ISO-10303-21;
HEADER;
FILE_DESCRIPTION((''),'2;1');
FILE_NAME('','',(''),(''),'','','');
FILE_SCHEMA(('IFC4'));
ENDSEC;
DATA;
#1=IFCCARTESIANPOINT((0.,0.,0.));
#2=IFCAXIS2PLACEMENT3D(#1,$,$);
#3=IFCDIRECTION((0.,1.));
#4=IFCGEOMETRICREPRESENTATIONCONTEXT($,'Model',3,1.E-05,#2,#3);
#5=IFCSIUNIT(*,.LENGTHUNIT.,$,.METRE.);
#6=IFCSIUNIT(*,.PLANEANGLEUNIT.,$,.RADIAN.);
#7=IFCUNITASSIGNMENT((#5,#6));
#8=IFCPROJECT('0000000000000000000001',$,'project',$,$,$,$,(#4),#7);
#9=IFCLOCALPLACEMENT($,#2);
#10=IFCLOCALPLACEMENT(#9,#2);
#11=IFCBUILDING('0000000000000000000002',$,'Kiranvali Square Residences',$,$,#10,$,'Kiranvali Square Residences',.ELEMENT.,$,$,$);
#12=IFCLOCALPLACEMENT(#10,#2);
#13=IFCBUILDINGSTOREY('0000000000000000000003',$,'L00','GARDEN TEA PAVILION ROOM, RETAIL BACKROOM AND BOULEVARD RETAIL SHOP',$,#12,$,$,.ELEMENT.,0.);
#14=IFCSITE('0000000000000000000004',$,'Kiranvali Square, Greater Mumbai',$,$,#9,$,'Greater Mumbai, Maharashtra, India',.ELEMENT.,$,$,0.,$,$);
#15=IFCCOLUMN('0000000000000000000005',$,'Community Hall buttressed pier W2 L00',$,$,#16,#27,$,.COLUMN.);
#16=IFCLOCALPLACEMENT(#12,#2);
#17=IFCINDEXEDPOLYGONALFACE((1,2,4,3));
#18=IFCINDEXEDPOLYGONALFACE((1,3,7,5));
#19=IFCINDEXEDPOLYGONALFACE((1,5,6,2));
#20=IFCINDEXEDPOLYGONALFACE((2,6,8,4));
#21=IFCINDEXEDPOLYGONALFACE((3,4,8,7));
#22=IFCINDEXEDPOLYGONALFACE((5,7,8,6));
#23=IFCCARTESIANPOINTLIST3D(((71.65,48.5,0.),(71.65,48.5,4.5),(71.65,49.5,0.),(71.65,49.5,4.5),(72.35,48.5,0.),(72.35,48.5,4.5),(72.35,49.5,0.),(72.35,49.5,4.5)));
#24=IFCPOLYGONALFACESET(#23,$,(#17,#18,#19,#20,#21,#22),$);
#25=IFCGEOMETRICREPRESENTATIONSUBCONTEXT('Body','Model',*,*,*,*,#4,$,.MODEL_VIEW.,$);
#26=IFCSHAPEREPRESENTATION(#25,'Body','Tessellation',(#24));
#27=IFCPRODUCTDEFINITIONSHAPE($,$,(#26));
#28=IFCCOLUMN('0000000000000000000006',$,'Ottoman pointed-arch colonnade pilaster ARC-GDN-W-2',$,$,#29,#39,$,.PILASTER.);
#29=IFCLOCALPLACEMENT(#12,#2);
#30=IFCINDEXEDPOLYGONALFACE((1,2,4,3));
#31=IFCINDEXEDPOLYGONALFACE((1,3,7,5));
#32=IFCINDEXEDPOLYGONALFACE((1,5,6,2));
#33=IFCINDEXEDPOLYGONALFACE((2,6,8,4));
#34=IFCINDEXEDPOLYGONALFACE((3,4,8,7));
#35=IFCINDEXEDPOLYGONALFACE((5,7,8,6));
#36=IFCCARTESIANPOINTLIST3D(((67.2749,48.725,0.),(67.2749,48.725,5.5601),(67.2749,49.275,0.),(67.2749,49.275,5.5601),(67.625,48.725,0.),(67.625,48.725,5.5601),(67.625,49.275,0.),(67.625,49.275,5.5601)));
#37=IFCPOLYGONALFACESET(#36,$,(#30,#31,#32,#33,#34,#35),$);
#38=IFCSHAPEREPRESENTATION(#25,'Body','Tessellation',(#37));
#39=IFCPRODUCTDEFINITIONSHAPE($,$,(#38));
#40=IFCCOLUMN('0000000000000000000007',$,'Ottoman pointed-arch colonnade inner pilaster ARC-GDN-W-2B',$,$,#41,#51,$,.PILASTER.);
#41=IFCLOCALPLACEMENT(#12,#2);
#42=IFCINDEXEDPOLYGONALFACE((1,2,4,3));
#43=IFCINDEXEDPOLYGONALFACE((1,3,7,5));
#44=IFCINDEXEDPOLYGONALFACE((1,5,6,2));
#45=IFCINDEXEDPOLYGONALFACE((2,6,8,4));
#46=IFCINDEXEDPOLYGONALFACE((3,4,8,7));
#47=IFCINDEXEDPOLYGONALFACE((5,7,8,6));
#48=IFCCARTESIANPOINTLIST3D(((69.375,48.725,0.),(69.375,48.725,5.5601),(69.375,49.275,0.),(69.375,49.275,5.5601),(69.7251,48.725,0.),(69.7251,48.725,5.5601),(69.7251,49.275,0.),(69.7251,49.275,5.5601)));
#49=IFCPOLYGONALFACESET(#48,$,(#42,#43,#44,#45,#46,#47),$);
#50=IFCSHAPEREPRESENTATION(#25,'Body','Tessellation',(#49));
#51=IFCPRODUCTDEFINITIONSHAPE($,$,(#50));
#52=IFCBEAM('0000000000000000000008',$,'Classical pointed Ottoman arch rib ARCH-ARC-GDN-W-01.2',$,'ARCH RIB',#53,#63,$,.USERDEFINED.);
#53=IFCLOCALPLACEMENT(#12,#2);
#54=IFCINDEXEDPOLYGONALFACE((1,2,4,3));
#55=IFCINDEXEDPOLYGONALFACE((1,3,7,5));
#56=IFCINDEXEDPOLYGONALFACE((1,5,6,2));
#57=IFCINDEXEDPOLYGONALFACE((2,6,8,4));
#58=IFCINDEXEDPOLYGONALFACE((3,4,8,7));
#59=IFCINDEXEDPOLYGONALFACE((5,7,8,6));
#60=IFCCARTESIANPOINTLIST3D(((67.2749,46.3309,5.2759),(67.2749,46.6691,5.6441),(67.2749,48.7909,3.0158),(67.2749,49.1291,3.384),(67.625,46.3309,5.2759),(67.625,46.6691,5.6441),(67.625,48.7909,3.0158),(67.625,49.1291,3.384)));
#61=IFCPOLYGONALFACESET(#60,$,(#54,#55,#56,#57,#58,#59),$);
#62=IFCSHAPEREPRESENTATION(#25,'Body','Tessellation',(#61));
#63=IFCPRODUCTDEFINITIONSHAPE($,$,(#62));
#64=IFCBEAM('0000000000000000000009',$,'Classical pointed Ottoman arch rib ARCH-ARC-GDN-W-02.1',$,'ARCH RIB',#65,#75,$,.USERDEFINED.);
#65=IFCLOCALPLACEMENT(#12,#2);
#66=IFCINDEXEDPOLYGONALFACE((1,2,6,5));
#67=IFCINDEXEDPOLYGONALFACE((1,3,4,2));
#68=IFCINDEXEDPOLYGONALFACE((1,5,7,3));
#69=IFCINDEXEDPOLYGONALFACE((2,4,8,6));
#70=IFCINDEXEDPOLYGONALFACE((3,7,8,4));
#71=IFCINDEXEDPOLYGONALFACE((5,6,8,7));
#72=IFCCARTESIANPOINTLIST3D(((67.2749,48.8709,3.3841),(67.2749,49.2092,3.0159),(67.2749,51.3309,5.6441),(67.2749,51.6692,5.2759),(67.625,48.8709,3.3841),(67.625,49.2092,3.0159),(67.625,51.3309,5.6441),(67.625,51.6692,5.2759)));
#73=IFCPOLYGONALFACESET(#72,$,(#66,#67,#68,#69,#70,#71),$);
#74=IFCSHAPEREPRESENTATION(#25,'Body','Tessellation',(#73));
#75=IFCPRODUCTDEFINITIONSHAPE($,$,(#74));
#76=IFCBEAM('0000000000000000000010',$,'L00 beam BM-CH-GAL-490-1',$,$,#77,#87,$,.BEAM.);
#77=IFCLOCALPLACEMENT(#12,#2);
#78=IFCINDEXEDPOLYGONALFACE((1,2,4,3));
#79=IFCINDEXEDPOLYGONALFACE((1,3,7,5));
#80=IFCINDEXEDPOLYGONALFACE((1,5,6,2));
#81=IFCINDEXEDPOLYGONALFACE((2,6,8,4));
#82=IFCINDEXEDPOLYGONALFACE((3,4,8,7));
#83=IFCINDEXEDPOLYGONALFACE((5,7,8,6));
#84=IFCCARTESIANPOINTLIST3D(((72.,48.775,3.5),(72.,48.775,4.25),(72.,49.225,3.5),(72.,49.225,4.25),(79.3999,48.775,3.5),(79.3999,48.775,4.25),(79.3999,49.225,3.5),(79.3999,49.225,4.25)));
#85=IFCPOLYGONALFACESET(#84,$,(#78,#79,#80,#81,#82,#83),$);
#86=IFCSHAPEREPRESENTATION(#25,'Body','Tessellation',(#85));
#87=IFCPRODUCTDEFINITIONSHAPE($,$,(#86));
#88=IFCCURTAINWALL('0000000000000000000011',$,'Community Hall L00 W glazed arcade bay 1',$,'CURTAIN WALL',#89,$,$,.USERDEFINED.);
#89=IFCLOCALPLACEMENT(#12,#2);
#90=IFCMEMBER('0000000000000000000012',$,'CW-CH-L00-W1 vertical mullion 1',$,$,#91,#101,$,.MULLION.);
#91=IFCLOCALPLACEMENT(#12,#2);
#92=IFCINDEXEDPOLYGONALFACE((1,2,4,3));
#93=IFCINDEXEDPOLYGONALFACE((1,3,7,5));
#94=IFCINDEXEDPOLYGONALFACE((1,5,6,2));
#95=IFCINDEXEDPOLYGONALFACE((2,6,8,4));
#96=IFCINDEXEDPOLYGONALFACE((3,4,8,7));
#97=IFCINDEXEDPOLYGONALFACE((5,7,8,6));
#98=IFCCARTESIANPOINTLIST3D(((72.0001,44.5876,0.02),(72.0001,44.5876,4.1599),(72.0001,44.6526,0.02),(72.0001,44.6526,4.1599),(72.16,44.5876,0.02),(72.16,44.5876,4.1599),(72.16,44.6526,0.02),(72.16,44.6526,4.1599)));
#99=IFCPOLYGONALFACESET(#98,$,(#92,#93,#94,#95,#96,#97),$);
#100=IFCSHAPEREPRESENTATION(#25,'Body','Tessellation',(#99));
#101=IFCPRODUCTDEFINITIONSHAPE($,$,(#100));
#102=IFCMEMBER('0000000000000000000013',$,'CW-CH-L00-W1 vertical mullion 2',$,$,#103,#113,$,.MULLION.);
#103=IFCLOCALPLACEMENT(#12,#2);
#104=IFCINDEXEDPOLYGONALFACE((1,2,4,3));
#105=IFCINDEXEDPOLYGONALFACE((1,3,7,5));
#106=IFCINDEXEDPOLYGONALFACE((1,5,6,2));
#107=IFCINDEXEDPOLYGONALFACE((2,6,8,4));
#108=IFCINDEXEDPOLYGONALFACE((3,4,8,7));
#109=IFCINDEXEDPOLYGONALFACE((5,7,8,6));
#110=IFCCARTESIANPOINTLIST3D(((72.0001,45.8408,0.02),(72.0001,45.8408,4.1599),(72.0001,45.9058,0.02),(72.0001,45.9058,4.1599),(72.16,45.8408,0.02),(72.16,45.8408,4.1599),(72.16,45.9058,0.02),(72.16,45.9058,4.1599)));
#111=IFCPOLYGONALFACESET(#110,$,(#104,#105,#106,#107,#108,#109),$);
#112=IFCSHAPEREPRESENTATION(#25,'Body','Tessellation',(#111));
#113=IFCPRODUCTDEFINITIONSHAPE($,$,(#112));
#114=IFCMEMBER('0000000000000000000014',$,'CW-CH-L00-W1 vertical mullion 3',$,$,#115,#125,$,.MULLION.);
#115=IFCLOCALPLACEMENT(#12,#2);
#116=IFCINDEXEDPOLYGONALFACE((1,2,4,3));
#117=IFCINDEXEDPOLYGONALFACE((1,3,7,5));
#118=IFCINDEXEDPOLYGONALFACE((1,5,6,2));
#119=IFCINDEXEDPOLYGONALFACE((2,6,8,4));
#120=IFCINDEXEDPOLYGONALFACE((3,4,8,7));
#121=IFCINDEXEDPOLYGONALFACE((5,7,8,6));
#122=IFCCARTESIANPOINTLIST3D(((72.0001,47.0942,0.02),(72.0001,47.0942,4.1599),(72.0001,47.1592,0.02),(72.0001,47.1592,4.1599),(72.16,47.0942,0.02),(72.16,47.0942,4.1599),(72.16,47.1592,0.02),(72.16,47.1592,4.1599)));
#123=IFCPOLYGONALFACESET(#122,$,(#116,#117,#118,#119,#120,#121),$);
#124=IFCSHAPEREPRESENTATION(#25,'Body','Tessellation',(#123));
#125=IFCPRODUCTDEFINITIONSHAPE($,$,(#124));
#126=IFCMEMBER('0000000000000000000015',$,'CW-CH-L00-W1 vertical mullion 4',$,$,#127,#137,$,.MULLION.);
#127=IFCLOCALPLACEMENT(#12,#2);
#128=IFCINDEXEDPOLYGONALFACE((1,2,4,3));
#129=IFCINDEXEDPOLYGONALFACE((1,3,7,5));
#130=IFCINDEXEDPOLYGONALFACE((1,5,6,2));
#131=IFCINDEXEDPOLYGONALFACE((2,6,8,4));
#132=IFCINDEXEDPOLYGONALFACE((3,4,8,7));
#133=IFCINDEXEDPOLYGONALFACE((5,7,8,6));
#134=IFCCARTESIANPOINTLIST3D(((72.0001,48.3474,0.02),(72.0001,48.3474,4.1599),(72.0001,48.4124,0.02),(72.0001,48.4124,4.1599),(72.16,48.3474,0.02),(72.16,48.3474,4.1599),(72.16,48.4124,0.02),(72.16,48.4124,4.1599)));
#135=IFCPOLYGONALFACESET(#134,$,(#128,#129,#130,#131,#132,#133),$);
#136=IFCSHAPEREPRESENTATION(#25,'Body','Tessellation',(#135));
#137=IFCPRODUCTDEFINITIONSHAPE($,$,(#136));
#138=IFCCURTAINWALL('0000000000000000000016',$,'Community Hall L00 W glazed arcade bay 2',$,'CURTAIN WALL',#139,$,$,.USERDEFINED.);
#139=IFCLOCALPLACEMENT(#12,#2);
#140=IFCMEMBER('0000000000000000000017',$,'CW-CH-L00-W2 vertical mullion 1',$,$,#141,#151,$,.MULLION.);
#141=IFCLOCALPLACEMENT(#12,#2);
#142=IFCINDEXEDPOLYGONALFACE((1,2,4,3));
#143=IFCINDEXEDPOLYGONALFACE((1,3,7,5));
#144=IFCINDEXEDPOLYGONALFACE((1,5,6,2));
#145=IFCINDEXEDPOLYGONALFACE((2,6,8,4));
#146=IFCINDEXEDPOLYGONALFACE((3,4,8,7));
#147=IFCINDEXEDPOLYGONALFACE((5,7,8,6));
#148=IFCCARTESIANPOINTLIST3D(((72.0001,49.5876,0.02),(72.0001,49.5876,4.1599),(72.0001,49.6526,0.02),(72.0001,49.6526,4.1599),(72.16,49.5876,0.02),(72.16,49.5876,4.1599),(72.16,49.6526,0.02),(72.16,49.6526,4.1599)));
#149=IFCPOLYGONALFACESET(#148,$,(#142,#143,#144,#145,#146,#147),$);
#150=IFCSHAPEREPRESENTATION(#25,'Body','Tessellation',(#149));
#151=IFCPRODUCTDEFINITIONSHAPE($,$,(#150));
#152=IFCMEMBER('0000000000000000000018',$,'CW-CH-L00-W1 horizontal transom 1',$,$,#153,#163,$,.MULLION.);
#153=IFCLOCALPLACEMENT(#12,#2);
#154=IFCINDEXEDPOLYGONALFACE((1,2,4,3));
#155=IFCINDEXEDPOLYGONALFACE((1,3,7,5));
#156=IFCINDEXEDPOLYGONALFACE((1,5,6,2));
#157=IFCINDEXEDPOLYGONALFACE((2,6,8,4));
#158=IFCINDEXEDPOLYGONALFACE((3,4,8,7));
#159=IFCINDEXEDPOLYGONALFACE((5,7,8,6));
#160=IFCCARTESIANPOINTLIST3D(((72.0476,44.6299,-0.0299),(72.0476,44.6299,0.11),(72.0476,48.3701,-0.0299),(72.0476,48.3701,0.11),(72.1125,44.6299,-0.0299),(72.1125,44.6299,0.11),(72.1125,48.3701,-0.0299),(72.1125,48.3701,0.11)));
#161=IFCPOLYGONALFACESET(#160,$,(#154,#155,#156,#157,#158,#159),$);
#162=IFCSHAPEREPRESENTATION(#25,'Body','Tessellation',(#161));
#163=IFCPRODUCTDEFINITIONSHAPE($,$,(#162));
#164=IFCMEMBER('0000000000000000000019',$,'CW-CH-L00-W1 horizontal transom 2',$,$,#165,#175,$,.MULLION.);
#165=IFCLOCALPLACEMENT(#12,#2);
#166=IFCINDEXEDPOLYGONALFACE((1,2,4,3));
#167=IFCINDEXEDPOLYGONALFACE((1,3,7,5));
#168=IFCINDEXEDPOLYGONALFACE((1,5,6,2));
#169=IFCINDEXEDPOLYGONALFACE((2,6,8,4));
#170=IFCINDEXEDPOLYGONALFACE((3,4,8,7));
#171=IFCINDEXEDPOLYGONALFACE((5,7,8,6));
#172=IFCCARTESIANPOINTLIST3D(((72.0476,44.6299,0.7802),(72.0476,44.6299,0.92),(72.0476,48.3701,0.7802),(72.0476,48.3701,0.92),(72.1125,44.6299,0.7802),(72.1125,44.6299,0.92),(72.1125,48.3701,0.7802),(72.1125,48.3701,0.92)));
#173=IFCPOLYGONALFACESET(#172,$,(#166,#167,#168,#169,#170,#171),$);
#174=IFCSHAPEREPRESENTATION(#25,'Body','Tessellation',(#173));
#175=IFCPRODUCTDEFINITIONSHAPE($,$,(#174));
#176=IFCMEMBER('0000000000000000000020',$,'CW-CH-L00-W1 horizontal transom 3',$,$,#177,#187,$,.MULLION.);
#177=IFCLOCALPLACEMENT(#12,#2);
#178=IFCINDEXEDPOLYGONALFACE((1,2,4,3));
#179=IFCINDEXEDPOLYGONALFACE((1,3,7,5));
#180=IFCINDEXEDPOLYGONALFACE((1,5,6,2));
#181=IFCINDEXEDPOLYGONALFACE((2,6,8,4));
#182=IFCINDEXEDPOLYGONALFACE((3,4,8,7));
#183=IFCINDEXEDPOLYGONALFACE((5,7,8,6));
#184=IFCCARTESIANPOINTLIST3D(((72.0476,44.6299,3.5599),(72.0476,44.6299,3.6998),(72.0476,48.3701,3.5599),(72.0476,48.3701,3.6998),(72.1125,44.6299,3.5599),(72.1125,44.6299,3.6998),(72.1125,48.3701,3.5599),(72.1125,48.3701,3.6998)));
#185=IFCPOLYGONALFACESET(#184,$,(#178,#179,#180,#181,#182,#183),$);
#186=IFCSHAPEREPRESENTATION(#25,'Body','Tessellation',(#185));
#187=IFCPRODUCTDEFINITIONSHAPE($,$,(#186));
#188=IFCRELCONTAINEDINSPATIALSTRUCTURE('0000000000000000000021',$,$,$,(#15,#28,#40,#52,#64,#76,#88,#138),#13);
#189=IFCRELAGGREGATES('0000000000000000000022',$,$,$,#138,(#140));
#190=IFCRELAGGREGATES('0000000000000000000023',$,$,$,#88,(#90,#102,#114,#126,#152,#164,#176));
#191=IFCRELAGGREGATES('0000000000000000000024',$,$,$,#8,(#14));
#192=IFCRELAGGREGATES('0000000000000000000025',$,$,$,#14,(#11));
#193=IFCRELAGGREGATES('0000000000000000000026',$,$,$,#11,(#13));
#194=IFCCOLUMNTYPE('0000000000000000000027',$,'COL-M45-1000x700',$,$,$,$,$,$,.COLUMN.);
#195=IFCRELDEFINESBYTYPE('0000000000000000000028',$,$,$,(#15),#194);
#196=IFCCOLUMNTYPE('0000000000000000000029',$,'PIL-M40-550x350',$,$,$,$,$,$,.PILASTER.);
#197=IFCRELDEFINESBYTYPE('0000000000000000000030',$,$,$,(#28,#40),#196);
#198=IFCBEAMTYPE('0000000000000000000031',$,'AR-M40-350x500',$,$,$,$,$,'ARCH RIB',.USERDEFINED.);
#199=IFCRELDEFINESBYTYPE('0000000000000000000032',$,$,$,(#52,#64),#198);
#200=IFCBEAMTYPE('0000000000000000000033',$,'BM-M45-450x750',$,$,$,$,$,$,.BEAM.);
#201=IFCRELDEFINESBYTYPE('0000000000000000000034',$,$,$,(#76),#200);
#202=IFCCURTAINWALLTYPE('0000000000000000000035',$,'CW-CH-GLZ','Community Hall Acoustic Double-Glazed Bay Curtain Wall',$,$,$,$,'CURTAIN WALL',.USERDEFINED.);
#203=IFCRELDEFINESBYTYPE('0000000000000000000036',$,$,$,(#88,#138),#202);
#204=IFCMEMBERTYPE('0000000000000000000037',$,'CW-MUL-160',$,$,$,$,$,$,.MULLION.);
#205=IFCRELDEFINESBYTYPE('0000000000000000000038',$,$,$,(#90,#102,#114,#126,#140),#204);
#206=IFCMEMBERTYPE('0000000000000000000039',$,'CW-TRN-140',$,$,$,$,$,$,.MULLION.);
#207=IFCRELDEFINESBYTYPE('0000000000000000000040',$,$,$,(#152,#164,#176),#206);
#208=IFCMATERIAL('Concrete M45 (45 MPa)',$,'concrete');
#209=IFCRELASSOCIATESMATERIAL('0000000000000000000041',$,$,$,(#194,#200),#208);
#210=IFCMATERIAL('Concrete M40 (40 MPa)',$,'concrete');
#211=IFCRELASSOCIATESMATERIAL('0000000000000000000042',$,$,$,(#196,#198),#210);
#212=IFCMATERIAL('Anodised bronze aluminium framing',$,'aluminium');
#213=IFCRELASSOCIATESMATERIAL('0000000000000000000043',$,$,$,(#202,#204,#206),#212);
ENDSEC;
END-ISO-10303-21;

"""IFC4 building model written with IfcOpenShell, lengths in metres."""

from ifc_helpers import new_model, si_unit, direction, frame, origin, origin_2d, place, context, subcontext, project, spatial, rectangle, extrude, material, material_profile, profile_set, type_object, element, aggregate, save


model = new_model("IFC4")

# Units and contexts
model_context = context("Model", 3, precision=1e-05, world=origin(), true_north=direction((0.0, 1.0)))
body_context = subcontext(model_context, "Body", "Model", "MODEL_VIEW")
ifc_project = project(units=[si_unit("LENGTHUNIT", "METRE"), si_unit("PLANEANGLEUNIT", "RADIAN")], contexts=[model_context])

# Site, building, storey
site_placement = place(None, origin())
site = spatial("IfcSite", under=ifc_project, at=site_placement, Name="Kiranvali Square, Greater Mumbai", LongName="Greater Mumbai, Maharashtra, India", CompositionType="ELEMENT", RefElevation=0.0)
building_placement = place(site_placement, origin())
building = spatial("IfcBuilding", under=site, at=building_placement, Name="Kiranvali Square Residences", LongName="Kiranvali Square Residences", CompositionType="ELEMENT")
storey_placement = place(building_placement, origin())
storey = spatial("IfcBuildingStorey", under=building, at=storey_placement, Name="L00", Description="GARDEN TEA PAVILION ROOM, RETAIL BACKROOM AND BOULEVARD RETAIL SHOP", CompositionType="ELEMENT", Elevation=0.0)

# Columns
ifc_material_1 = material(Name="Concrete M45 (45 MPa)", Category="concrete")
ifc_material_profile_1 = material_profile(ifc_material_1, rectangle(XDim=0.7, YDim=1.0, at=origin_2d()), Name="RC 1000x700")
ifc_profile_set_1 = profile_set([ifc_material_profile_1], Name="Concrete M45 (45 MPa)")
column_type_1 = type_object("IfcColumnType", Name="COL-M45-1000x700", PredefinedType="COLUMN", material=ifc_profile_set_1)
column_placement = place(storey_placement, frame((72.0, 49.0, 0.0), z_axis=(0.0, 0.0, 1.0), x_axis=(1.0, 0.0, 0.0)))
element("IfcColumn", 1, at=column_placement, inside=storey, type_object=column_type_1, Name="Community Hall buttressed pier W2 L00", PredefinedType="COLUMN", context=body_context, shape_type="SweptSolid", body=[
    extrude(rectangle(XDim=0.7, YDim=1.0, at=origin_2d()), origin(), (0.0, 0.0, 1.0), 4.5),
])
ifc_material_2 = material(Name="Concrete M40 (40 MPa)", Category="concrete")
ifc_material_profile_2 = material_profile(ifc_material_2, rectangle(XDim=0.3501, YDim=0.55, at=origin_2d()), Name="RC 550x350")
ifc_profile_set_2 = profile_set([ifc_material_profile_2], Name="Concrete M40 (40 MPa)")
column_type_2 = type_object("IfcColumnType", Name="PIL-M40-550x350", PredefinedType="PILASTER", material=ifc_profile_set_2)
for number, where, z_axis, x_axis, name in (
    (2, (67.45, 49.0, 0.0), (0.0, 0.0, 1.0), (1.0, 0.0, 0.0), "Ottoman pointed-arch colonnade pilaster ARC-GDN-W-2"),
    (3, (69.55, 49.0, 0.0), (0.0, 0.0, 1.0), (1.0, 0.0, 0.0), "Ottoman pointed-arch colonnade inner pilaster ARC-GDN-W-2B"),
):
    element("IfcColumn", number, at=place(storey_placement, frame(where, z_axis=z_axis, x_axis=x_axis)), inside=storey, type_object=column_type_2, Name=name, PredefinedType="PILASTER", context=body_context, shape_type="SweptSolid", body=[
        extrude(rectangle(XDim=0.3501, YDim=0.55, at=origin_2d()), origin(), (0.0, 0.0, 1.0), 5.5601),
    ])

# Beams
ifc_material_profile_3 = material_profile(ifc_material_2, rectangle(XDim=0.3501, YDim=0.5, at=origin_2d()), Name="RC 350x500")
ifc_profile_set_3 = profile_set([ifc_material_profile_3], Name="Concrete M40 (40 MPa)")
beam_type_1 = type_object("IfcBeamType", Name="AR-M40-350x500", ElementType="ARCH RIB", PredefinedType="USERDEFINED", material=ifc_profile_set_3)
for number, where, z_axis, x_axis, name in (
    (4, (67.45, 46.5, 5.46), (0.0, 0.736401, -0.676545), (-1.0, 0.0, 0.0), "Classical pointed Ottoman arch rib ARCH-ARC-GDN-W-01.2"),
    (5, (67.45, 49.04, 3.2), (0.0, 0.736401, 0.676545), (-1.0, 0.0, 0.0), "Classical pointed Ottoman arch rib ARCH-ARC-GDN-W-02.1"),
):
    element("IfcBeam", number, at=place(storey_placement, frame(where, z_axis=z_axis, x_axis=x_axis)), inside=storey, type_object=beam_type_1, Name=name, ObjectType="ARCH RIB", PredefinedType="USERDEFINED", context=body_context, shape_type="SweptSolid", body=[
        extrude(rectangle(XDim=0.3501, YDim=0.5, at=origin_2d()), origin(), (0.0, 0.0, 1.0), 3.3406),
    ])
ifc_material_profile_4 = material_profile(ifc_material_1, rectangle(XDim=0.45, YDim=0.75, at=origin_2d()), Name="RC 450x750")
ifc_profile_set_4 = profile_set([ifc_material_profile_4], Name="Concrete M45 (45 MPa)")
beam_type_2 = type_object("IfcBeamType", Name="BM-M45-450x750", PredefinedType="BEAM", material=ifc_profile_set_4)
beam_placement = place(storey_placement, frame((72.0, 49.0, 3.875), z_axis=(1.0, 0.0, 0.0), x_axis=(0.0, 1.0, 0.0)))
element("IfcBeam", 6, at=beam_placement, inside=storey, type_object=beam_type_2, Name="L00 beam BM-CH-GAL-490-1", PredefinedType="BEAM", context=body_context, shape_type="SweptSolid", body=[
    extrude(rectangle(XDim=0.45, YDim=0.75, at=origin_2d()), origin(), (0.0, 0.0, 1.0), 7.3999),
])

# Curtain wall, members
ifc_material_3 = material(Name="Anodised bronze aluminium framing", Category="aluminium")
curtain_wall_type = type_object("IfcCurtainWallType", Name="CW-CH-GLZ", Description="Community Hall Acoustic Double-Glazed Bay Curtain Wall", ElementType="CURTAIN WALL", PredefinedType="USERDEFINED", material=ifc_material_3)
curtain_wall_1_placement = place(storey_placement, origin())
curtain_wall_1 = element("IfcCurtainWall", 7, at=curtain_wall_1_placement, inside=storey, type_object=curtain_wall_type, Name="Community Hall L00 W glazed arcade bay 1", ObjectType="CURTAIN WALL", PredefinedType="USERDEFINED")
ifc_material_profile_5 = material_profile(ifc_material_3, rectangle(XDim=0.0649, YDim=0.1599, at=origin_2d()), Name="ALU 65x160")
ifc_profile_set_5 = profile_set([ifc_material_profile_5], Name="Anodised bronze aluminium framing")
member_type_1 = type_object("IfcMemberType", Name="CW-MUL-160", PredefinedType="MULLION", material=ifc_profile_set_5)
member_1_placement = place(storey_placement, frame((72.0801, 44.6201, 0.02), z_axis=(0.0, 0.0, 1.0), x_axis=(0.0, 1.0, 0.0)))
member_1 = element("IfcMember", 8, at=member_1_placement, type_object=member_type_1, Name="CW-CH-L00-W1 vertical mullion 1", PredefinedType="MULLION", context=body_context, shape_type="SweptSolid", body=[
    extrude(rectangle(XDim=0.0649, YDim=0.1599, at=origin_2d()), origin(), (0.0, 0.0, 1.0), 4.1399),
])
member_2_placement = place(storey_placement, frame((72.0801, 45.8733, 0.02), z_axis=(0.0, 0.0, 1.0), x_axis=(0.0, 1.0, 0.0)))
member_2 = element("IfcMember", 9, at=member_2_placement, type_object=member_type_1, Name="CW-CH-L00-W1 vertical mullion 2", PredefinedType="MULLION", context=body_context, shape_type="SweptSolid", body=[
    extrude(rectangle(XDim=0.0649, YDim=0.1599, at=origin_2d()), origin(), (0.0, 0.0, 1.0), 4.1399),
])
member_3_placement = place(storey_placement, frame((72.0801, 47.1267, 0.02), z_axis=(0.0, 0.0, 1.0), x_axis=(0.0, 1.0, 0.0)))
member_3 = element("IfcMember", 10, at=member_3_placement, type_object=member_type_1, Name="CW-CH-L00-W1 vertical mullion 3", PredefinedType="MULLION", context=body_context, shape_type="SweptSolid", body=[
    extrude(rectangle(XDim=0.0649, YDim=0.1599, at=origin_2d()), origin(), (0.0, 0.0, 1.0), 4.1399),
])
member_4_placement = place(storey_placement, frame((72.0801, 48.3799, 0.02), z_axis=(0.0, 0.0, 1.0), x_axis=(0.0, 1.0, 0.0)))
member_4 = element("IfcMember", 11, at=member_4_placement, type_object=member_type_1, Name="CW-CH-L00-W1 vertical mullion 4", PredefinedType="MULLION", context=body_context, shape_type="SweptSolid", body=[
    extrude(rectangle(XDim=0.0649, YDim=0.1599, at=origin_2d()), origin(), (0.0, 0.0, 1.0), 4.1399),
])

# Curtain wall, member
curtain_wall_2_placement = place(storey_placement, origin())
curtain_wall_2 = element("IfcCurtainWall", 12, at=curtain_wall_2_placement, inside=storey, type_object=curtain_wall_type, Name="Community Hall L00 W glazed arcade bay 2", ObjectType="CURTAIN WALL", PredefinedType="USERDEFINED")
member_5_placement = place(storey_placement, frame((72.0801, 49.6201, 0.02), z_axis=(0.0, 0.0, 1.0), x_axis=(0.0, 1.0, 0.0)))
member_5 = element("IfcMember", 13, at=member_5_placement, type_object=member_type_1, Name="CW-CH-L00-W2 vertical mullion 1", PredefinedType="MULLION", context=body_context, shape_type="SweptSolid", body=[
    extrude(rectangle(XDim=0.0649, YDim=0.1599, at=origin_2d()), origin(), (0.0, 0.0, 1.0), 4.1399),
])

# Members
ifc_material_profile_6 = material_profile(ifc_material_3, rectangle(XDim=0.0649, YDim=0.1399, at=origin_2d()), Name="ALU 65x140")
ifc_profile_set_6 = profile_set([ifc_material_profile_6], Name="Anodised bronze aluminium framing")
member_type_2 = type_object("IfcMemberType", Name="CW-TRN-140", PredefinedType="MULLION", material=ifc_profile_set_6)
member_6_placement = place(storey_placement, frame((72.0801, 44.6299, 0.04), z_axis=(0.0, 1.0, 0.0), x_axis=(-1.0, 0.0, 0.0)))
member_6 = element("IfcMember", 14, at=member_6_placement, type_object=member_type_2, Name="CW-CH-L00-W1 horizontal transom 1", PredefinedType="MULLION", context=body_context, shape_type="SweptSolid", body=[
    extrude(rectangle(XDim=0.0649, YDim=0.1399, at=origin_2d()), origin(), (0.0, 0.0, 1.0), 3.7402),
])
member_7_placement = place(storey_placement, frame((72.0801, 44.6299, 0.8501), z_axis=(0.0, 1.0, 0.0), x_axis=(-1.0, 0.0, 0.0)))
member_7 = element("IfcMember", 15, at=member_7_placement, type_object=member_type_2, Name="CW-CH-L00-W1 horizontal transom 2", PredefinedType="MULLION", context=body_context, shape_type="SweptSolid", body=[
    extrude(rectangle(XDim=0.0649, YDim=0.1399, at=origin_2d()), origin(), (0.0, 0.0, 1.0), 3.7402),
])
member_8_placement = place(storey_placement, frame((72.0801, 44.6299, 3.6299), z_axis=(0.0, 1.0, 0.0), x_axis=(-1.0, 0.0, 0.0)))
member_8 = element("IfcMember", 16, at=member_8_placement, type_object=member_type_2, Name="CW-CH-L00-W1 horizontal transom 3", PredefinedType="MULLION", context=body_context, shape_type="SweptSolid", body=[
    extrude(rectangle(XDim=0.0649, YDim=0.1399, at=origin_2d()), origin(), (0.0, 0.0, 1.0), 3.7402),
])
aggregate(curtain_wall_2, [member_5])

aggregate(curtain_wall_1, [member_1, member_2, member_3, member_4, member_6, member_7, member_8])

save(model, "model.ifc")
